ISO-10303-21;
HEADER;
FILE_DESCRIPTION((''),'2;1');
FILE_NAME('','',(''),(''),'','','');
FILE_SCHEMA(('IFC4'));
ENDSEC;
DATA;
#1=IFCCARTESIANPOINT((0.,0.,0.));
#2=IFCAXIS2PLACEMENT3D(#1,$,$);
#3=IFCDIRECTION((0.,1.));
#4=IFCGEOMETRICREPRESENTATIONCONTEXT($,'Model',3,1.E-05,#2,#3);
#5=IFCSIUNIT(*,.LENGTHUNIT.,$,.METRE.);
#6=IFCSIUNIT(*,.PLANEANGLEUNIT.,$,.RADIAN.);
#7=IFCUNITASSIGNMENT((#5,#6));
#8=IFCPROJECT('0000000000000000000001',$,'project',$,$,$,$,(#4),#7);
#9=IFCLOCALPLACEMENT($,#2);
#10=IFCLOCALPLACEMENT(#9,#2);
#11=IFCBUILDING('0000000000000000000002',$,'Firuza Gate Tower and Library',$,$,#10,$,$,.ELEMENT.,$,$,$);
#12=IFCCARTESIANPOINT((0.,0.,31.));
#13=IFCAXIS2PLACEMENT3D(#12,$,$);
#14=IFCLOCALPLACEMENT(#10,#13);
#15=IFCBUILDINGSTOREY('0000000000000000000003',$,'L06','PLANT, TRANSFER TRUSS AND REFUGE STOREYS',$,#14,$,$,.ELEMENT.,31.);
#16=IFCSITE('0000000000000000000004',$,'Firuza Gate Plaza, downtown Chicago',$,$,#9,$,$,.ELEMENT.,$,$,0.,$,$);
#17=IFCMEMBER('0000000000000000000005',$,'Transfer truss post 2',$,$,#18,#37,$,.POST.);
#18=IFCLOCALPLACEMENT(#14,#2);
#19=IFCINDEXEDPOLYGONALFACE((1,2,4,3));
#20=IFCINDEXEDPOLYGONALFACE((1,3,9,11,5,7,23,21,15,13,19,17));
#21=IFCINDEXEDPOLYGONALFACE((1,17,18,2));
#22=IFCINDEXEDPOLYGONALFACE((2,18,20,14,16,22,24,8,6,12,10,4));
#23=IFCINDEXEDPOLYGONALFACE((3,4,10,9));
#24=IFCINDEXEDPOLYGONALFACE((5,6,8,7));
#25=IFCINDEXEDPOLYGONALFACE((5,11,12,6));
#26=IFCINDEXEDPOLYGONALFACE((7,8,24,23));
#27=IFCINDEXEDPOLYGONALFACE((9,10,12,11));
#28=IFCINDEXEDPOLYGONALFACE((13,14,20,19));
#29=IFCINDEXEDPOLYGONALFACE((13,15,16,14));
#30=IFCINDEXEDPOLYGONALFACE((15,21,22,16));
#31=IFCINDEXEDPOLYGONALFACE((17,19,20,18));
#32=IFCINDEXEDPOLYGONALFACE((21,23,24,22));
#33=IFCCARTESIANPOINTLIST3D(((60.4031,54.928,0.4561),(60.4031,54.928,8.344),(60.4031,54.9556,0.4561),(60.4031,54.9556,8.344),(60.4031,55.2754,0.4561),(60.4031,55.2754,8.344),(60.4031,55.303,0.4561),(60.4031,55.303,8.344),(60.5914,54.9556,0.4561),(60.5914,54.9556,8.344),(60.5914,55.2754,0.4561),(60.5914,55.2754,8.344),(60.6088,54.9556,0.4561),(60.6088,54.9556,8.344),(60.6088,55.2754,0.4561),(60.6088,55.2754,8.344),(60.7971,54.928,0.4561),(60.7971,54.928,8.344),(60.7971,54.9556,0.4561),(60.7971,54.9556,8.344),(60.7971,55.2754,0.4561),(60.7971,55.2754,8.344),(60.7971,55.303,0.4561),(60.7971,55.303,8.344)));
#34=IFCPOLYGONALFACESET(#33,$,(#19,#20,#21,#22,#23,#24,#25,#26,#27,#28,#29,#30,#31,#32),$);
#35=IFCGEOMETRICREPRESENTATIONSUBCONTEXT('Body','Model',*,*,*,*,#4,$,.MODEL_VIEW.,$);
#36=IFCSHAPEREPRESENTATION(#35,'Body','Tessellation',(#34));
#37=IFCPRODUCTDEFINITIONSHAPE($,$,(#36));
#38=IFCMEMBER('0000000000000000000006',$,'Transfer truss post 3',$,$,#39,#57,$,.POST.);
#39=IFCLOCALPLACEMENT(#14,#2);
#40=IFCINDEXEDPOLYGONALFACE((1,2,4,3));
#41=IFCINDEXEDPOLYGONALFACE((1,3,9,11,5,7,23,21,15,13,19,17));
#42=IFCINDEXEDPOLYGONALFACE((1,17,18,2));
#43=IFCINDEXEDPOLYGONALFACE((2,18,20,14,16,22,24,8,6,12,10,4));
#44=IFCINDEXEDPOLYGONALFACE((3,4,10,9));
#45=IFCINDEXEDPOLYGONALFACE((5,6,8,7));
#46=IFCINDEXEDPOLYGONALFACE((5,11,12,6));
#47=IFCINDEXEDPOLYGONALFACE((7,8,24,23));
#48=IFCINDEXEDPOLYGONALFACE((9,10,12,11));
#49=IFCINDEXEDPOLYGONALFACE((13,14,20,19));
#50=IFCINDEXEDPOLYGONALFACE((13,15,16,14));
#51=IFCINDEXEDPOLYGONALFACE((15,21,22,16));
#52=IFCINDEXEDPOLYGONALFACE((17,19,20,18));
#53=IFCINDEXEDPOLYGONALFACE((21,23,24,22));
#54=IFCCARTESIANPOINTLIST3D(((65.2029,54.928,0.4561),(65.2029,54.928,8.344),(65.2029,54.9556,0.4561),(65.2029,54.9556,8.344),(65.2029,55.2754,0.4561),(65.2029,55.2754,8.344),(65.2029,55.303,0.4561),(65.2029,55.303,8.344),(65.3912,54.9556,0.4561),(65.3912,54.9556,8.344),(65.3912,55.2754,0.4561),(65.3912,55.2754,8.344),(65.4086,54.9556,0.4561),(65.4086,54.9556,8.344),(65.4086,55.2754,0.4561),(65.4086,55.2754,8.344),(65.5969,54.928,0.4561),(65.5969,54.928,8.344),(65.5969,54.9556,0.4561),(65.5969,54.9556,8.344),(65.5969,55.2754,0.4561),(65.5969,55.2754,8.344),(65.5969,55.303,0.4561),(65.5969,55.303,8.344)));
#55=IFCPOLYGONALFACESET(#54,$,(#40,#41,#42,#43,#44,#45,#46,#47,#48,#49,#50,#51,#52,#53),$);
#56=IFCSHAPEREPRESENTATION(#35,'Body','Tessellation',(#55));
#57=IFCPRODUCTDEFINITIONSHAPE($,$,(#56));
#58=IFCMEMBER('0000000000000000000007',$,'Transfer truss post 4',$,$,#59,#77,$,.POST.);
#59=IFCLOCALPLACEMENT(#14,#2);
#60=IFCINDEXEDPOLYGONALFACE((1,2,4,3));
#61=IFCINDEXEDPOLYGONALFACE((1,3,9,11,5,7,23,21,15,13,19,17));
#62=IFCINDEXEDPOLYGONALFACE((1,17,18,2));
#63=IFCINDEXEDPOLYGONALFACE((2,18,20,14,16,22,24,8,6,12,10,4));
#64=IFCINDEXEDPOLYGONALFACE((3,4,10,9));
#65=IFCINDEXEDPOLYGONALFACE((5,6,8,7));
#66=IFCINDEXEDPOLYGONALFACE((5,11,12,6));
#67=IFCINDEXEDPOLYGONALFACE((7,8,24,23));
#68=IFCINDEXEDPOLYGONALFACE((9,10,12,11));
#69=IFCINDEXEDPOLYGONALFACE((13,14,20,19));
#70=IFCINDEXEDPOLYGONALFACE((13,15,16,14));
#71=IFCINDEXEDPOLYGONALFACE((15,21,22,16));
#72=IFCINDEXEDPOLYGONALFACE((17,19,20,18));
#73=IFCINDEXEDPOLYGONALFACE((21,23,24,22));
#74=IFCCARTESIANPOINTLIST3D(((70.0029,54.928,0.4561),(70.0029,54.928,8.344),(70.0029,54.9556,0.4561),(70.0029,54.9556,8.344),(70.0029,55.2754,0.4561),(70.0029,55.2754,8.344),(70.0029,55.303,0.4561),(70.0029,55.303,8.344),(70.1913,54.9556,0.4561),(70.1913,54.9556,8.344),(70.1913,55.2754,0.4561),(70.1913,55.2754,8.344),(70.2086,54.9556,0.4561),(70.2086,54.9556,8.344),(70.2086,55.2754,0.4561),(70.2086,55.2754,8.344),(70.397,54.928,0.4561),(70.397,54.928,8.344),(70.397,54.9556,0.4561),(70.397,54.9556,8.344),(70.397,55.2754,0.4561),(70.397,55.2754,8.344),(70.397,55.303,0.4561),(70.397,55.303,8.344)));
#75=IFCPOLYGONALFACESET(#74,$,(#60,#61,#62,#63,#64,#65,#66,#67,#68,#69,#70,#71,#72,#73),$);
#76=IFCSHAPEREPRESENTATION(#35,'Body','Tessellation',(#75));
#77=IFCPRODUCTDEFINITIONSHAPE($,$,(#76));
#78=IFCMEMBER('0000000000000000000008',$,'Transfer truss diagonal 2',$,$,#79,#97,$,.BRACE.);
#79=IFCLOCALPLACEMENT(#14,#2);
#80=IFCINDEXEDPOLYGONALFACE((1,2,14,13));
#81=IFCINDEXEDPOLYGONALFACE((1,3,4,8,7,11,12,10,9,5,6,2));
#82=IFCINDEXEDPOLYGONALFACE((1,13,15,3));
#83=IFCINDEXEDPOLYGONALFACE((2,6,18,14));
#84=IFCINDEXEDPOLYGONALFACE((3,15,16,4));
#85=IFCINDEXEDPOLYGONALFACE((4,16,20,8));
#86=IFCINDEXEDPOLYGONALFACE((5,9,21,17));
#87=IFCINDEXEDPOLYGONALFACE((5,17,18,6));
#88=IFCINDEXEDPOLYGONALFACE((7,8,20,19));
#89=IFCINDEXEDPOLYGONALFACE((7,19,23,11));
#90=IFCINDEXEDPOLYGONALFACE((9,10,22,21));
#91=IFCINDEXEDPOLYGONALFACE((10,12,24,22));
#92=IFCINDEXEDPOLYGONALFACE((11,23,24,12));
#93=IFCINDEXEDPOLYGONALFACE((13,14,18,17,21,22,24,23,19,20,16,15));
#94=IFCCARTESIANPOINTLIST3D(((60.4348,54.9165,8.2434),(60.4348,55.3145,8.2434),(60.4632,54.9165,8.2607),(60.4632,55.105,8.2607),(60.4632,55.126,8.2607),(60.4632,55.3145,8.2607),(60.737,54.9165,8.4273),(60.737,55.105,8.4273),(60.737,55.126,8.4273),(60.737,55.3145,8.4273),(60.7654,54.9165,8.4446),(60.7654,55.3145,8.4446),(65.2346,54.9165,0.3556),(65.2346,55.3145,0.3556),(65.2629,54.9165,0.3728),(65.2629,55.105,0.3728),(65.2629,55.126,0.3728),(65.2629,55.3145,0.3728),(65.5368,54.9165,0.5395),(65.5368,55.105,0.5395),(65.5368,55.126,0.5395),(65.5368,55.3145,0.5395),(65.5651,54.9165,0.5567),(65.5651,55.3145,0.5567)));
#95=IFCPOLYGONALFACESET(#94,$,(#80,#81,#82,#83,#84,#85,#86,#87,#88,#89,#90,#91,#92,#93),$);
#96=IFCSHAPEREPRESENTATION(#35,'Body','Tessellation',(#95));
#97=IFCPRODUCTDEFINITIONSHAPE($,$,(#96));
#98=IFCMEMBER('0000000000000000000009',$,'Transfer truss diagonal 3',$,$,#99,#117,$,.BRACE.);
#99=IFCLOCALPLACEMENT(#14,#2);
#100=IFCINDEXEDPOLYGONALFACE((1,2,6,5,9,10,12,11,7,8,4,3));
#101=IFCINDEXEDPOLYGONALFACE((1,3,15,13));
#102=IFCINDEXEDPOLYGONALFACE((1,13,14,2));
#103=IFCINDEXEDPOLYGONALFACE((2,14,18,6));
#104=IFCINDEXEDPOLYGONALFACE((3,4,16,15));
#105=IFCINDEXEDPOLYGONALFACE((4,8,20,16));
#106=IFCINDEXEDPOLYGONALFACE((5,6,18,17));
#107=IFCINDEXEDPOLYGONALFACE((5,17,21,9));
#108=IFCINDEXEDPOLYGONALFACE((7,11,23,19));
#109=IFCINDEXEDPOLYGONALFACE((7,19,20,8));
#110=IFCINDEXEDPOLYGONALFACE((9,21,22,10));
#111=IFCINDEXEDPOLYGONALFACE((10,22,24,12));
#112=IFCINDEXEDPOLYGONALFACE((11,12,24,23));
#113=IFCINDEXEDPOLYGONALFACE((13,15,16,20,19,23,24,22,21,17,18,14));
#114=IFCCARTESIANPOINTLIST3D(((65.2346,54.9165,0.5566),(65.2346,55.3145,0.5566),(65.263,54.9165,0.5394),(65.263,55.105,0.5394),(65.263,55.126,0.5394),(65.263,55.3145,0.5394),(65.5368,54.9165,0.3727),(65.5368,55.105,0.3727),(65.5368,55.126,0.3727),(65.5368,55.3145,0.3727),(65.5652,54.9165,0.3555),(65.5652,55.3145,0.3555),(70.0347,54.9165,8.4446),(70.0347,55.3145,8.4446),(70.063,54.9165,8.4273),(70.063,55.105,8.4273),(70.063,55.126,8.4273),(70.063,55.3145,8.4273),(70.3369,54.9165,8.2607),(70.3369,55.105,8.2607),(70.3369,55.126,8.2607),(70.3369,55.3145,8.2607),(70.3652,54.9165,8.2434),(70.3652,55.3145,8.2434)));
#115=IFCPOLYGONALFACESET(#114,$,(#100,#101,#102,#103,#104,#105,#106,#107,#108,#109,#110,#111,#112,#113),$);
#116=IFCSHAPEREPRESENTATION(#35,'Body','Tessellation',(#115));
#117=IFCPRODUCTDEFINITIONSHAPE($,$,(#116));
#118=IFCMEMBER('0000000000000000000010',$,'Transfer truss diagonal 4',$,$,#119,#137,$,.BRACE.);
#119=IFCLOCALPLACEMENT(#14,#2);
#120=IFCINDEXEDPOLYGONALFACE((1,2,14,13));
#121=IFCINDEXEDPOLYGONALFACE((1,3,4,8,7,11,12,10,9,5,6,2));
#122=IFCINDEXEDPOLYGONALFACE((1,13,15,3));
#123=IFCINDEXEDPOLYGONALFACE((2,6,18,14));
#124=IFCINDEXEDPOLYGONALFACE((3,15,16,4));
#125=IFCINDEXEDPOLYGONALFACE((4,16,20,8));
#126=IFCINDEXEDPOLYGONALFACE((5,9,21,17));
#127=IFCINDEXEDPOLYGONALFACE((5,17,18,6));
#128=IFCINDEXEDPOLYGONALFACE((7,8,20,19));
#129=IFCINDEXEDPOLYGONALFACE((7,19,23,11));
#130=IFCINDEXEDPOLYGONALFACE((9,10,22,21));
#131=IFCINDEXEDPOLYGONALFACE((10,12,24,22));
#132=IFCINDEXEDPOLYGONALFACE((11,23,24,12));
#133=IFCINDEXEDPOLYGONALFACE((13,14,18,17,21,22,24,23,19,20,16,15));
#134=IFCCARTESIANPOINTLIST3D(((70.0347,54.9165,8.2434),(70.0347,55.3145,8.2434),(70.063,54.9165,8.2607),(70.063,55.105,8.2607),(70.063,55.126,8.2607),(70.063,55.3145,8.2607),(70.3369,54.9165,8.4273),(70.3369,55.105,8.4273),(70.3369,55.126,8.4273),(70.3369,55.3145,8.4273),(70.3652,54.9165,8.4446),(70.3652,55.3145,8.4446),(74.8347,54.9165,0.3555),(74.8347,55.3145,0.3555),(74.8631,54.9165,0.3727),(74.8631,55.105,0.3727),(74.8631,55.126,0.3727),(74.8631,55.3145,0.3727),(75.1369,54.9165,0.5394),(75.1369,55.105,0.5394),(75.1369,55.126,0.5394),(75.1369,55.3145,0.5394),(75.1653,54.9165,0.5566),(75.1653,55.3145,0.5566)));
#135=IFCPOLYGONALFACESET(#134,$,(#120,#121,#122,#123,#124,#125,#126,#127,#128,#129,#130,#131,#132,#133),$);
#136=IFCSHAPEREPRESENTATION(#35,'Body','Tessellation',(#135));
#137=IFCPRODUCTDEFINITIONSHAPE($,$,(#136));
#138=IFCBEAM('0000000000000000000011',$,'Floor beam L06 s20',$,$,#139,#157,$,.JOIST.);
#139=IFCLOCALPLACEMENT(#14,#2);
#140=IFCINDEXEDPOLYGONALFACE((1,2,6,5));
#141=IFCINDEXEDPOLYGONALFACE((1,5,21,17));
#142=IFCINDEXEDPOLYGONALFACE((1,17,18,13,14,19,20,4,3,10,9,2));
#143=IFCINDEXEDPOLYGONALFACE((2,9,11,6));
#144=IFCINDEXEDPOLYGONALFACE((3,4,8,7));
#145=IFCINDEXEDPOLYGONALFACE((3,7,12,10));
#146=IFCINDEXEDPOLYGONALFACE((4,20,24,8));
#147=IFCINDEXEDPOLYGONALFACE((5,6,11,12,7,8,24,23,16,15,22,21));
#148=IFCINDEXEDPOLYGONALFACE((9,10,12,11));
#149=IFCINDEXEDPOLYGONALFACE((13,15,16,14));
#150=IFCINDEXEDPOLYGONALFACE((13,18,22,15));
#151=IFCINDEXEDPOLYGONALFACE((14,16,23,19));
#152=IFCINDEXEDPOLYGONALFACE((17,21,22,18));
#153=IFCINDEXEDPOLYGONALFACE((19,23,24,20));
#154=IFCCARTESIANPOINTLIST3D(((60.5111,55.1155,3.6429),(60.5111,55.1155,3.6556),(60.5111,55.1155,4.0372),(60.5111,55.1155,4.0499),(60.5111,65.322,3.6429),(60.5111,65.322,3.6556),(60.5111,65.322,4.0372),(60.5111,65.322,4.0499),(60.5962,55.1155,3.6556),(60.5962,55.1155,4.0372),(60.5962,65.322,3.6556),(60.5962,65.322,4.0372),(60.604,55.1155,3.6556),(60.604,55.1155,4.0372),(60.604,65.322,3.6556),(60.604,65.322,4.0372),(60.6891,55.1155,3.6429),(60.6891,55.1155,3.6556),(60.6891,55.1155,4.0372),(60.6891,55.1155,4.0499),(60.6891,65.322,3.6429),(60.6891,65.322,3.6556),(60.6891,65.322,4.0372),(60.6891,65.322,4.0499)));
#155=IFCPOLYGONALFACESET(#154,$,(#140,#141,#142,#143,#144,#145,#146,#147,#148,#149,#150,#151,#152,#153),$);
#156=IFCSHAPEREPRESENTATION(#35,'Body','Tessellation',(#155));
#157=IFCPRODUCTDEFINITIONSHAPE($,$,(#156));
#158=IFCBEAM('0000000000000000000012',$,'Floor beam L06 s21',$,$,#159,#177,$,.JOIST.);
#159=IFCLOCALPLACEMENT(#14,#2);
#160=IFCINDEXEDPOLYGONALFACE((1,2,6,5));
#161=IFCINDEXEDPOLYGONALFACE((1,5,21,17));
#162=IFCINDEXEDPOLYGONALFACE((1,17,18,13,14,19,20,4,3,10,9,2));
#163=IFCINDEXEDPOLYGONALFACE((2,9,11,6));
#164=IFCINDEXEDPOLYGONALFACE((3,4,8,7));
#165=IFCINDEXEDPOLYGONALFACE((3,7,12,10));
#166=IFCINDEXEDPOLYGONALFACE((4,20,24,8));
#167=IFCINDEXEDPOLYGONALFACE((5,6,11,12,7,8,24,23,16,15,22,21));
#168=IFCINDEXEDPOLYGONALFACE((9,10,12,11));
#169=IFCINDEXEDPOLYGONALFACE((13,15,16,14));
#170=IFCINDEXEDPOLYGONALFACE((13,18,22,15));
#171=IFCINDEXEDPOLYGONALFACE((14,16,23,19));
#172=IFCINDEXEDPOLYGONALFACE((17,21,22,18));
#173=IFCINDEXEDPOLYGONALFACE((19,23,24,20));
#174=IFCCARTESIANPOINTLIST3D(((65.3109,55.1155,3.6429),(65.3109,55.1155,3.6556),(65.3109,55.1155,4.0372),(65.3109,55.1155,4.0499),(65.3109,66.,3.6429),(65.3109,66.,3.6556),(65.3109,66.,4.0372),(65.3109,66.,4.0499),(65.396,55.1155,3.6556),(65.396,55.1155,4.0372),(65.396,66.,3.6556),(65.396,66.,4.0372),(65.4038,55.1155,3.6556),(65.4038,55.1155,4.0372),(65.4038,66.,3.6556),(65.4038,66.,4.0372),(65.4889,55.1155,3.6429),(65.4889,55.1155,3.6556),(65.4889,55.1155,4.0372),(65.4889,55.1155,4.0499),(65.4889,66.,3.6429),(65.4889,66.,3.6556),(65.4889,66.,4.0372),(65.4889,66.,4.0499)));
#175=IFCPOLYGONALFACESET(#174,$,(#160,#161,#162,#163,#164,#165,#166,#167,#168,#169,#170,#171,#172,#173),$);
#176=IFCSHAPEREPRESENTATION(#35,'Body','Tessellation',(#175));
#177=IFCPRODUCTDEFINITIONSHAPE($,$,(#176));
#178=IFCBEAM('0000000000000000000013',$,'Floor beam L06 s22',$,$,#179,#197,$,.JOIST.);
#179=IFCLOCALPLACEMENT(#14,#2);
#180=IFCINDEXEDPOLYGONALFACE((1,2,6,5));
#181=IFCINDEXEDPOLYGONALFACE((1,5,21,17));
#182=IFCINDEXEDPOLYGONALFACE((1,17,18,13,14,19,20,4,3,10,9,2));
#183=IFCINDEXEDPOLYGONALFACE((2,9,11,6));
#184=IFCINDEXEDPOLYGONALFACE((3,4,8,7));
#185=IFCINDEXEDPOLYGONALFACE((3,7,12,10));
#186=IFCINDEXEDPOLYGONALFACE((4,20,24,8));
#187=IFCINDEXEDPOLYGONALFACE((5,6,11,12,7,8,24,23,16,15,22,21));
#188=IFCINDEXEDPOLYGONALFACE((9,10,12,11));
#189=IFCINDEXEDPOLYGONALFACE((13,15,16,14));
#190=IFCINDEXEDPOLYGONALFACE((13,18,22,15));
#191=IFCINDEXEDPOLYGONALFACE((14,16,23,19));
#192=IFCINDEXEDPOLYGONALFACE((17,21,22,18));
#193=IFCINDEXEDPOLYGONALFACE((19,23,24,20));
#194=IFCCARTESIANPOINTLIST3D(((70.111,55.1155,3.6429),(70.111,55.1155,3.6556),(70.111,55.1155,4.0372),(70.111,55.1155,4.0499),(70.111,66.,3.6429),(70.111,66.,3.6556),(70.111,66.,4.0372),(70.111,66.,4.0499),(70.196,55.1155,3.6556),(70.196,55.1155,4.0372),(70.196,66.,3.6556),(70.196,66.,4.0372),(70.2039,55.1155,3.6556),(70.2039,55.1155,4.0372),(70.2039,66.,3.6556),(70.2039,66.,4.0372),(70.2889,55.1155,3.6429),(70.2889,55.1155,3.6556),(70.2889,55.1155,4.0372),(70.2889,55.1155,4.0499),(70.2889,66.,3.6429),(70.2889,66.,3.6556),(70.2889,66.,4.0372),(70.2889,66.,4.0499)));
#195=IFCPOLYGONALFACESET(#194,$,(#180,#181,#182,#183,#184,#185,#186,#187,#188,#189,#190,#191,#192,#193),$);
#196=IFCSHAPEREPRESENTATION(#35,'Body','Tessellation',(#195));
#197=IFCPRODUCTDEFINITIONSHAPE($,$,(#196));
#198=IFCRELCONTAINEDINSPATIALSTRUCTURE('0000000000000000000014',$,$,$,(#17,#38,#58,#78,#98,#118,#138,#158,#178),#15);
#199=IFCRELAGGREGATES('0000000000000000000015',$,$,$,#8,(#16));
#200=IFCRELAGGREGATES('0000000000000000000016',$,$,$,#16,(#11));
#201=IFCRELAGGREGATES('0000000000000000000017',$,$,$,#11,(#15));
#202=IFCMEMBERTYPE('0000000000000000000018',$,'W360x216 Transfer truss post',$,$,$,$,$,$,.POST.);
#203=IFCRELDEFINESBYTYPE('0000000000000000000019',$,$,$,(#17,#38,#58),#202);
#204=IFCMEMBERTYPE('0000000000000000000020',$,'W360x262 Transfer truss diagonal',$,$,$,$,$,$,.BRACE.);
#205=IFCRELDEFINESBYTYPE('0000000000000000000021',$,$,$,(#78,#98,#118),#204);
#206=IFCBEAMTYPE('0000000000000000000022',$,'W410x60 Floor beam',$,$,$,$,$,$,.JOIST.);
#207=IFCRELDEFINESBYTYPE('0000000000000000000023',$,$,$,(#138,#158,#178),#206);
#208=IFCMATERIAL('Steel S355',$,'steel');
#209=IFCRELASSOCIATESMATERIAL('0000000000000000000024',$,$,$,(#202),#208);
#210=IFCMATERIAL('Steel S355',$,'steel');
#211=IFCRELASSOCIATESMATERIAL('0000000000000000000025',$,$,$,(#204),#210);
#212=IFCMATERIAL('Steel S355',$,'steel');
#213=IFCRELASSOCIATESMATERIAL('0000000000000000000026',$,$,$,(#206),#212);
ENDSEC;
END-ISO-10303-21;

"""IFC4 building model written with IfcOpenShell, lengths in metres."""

from ifc_helpers import new_model, si_unit, direction, frame, origin, origin_2d, place, context, subcontext, project, spatial, i_section, extrude, material, material_profile, profile_set, type_object, element, save


model = new_model("IFC4")

# Units and contexts
model_context = context("Model", 3, precision=1e-05, world=origin(), true_north=direction((0.0, 1.0)))
body_context = subcontext(model_context, "Body", "Model", "MODEL_VIEW")
ifc_project = project(units=[si_unit("LENGTHUNIT", "METRE"), si_unit("PLANEANGLEUNIT", "RADIAN")], contexts=[model_context])

# Site, building, storey
site_placement = place(None, origin())
site = spatial("IfcSite", under=ifc_project, at=site_placement, Name="Firuza Gate Plaza, downtown Chicago", CompositionType="ELEMENT", RefElevation=0.0)
building_placement = place(site_placement, origin())
building = spatial("IfcBuilding", under=site, at=building_placement, Name="Firuza Gate Tower and Library", CompositionType="ELEMENT")
storey_placement = place(building_placement, frame((0.0, 0.0, 31.0)))
storey = spatial("IfcBuildingStorey", under=building, at=storey_placement, Name="L06", Description="PLANT, TRANSFER TRUSS AND REFUGE STOREYS", CompositionType="ELEMENT", Elevation=31.0)

# Members
ifc_material_1 = material(Name="Steel S355", Category="steel")
ifc_material_profile_1 = material_profile(ifc_material_1, i_section(OverallWidth=0.394, OverallDepth=0.375, WebThickness=0.0173, FlangeThickness=0.0276, at=origin_2d()))
ifc_profile_set_1 = profile_set([ifc_material_profile_1], Name="Steel S355")
member_type_1 = type_object("IfcMemberType", Name="W360x216 Transfer truss post", PredefinedType="POST", material=ifc_profile_set_1)
for number, where, z_axis, x_axis, name in (
    (1, (60.6001, 55.1155, 0.4561), (0.0, 0.0, 1.0), (1.0, 0.0, 0.0), "Transfer truss post 2"),
    (2, (65.3999, 55.1155, 0.4561), (0.0, 0.0, 1.0), (1.0, 0.0, 0.0), "Transfer truss post 3"),
    (3, (70.2, 55.1155, 0.4561), (0.0, 0.0, 1.0), (1.0, 0.0, 0.0), "Transfer truss post 4"),
):
    element("IfcMember", number, at=place(storey_placement, frame(where, z_axis=z_axis, x_axis=x_axis)), inside=storey, type_object=member_type_1, Name=name, PredefinedType="POST", context=body_context, shape_type="SweptSolid", body=[
        extrude(i_section(OverallWidth=0.394, OverallDepth=0.375, WebThickness=0.0173, FlangeThickness=0.0276, at=origin_2d()), origin(), (0.0, 0.0, 1.0), 7.8879),
    ])
ifc_material_2 = material(Name="Steel S355", Category="steel")
ifc_material_profile_2 = material_profile(ifc_material_2, i_section(OverallWidth=0.3979, OverallDepth=0.387, WebThickness=0.021, FlangeThickness=0.0332, at=origin_2d()))
ifc_profile_set_2 = profile_set([ifc_material_profile_2], Name="Steel S355")
member_type_2 = type_object("IfcMemberType", Name="W360x262 Transfer truss diagonal", PredefinedType="BRACE", material=ifc_profile_set_2)
member_1_placement = place(storey_placement, frame((60.6001, 55.1155, 8.344), z_axis=(0.519824, 0.0, -0.854273), x_axis=(0.0, 1.0, 0.0)))
element("IfcMember", 4, at=member_1_placement, inside=storey, type_object=member_type_2, Name="Transfer truss diagonal 2", PredefinedType="BRACE", context=body_context, shape_type="SweptSolid", body=[
    extrude(i_section(OverallWidth=0.3979, OverallDepth=0.387, WebThickness=0.021, FlangeThickness=0.0332, at=origin_2d()), origin(), (0.0, 0.0, 1.0), 9.2334),
])
for number, where, z_axis, x_axis, name in (
    (5, (65.3999, 55.1155, 0.4561), (0.519844, 0.0, 0.854261), (0.0, 1.0, 0.0), "Transfer truss diagonal 3"),
    (6, (70.2, 55.1155, 8.344), (0.519844, 0.0, -0.854261), (0.0, 1.0, 0.0), "Transfer truss diagonal 4"),
):
    element("IfcMember", number, at=place(storey_placement, frame(where, z_axis=z_axis, x_axis=x_axis)), inside=storey, type_object=member_type_2, Name=name, PredefinedType="BRACE", context=body_context, shape_type="SweptSolid", body=[
        extrude(i_section(OverallWidth=0.3979, OverallDepth=0.387, WebThickness=0.021, FlangeThickness=0.0332, at=origin_2d()), origin(), (0.0, 0.0, 1.0), 9.2336),
    ])

# Beams
ifc_material_3 = material(Name="Steel S355", Category="steel")
ifc_material_profile_3 = material_profile(ifc_material_3, i_section(OverallWidth=0.178, OverallDepth=0.407, WebThickness=0.0078, FlangeThickness=0.0127, at=origin_2d()))
ifc_profile_set_3 = profile_set([ifc_material_profile_3], Name="Steel S355")
beam_type = type_object("IfcBeamType", Name="W410x60 Floor beam", PredefinedType="JOIST", material=ifc_profile_set_3)
beam_placement = place(storey_placement, frame((60.6001, 55.1155, 3.8464), z_axis=(0.0, 1.0, 0.0), x_axis=(-1.0, 0.0, 0.0)))
element("IfcBeam", 7, at=beam_placement, inside=storey, type_object=beam_type, Name="Floor beam L06 s20", PredefinedType="JOIST", context=body_context, shape_type="SweptSolid", body=[
    extrude(i_section(OverallWidth=0.178, OverallDepth=0.407, WebThickness=0.0078, FlangeThickness=0.0127, at=origin_2d()), origin(), (0.0, 0.0, 1.0), 10.2065),
])
for number, where, z_axis, x_axis, name in (
    (8, (65.3999, 55.1155, 3.8464), (0.0, 1.0, 0.0), (-1.0, 0.0, 0.0), "Floor beam L06 s21"),
    (9, (70.2, 55.1155, 3.8464), (0.0, 1.0, 0.0), (-1.0, 0.0, 0.0), "Floor beam L06 s22"),
):
    element("IfcBeam", number, at=place(storey_placement, frame(where, z_axis=z_axis, x_axis=x_axis)), inside=storey, type_object=beam_type, Name=name, PredefinedType="JOIST", context=body_context, shape_type="SweptSolid", body=[
        extrude(i_section(OverallWidth=0.178, OverallDepth=0.407, WebThickness=0.0078, FlangeThickness=0.0127, at=origin_2d()), origin(), (0.0, 0.0, 1.0), 10.8845),
    ])

save(model, "model.ifc")
